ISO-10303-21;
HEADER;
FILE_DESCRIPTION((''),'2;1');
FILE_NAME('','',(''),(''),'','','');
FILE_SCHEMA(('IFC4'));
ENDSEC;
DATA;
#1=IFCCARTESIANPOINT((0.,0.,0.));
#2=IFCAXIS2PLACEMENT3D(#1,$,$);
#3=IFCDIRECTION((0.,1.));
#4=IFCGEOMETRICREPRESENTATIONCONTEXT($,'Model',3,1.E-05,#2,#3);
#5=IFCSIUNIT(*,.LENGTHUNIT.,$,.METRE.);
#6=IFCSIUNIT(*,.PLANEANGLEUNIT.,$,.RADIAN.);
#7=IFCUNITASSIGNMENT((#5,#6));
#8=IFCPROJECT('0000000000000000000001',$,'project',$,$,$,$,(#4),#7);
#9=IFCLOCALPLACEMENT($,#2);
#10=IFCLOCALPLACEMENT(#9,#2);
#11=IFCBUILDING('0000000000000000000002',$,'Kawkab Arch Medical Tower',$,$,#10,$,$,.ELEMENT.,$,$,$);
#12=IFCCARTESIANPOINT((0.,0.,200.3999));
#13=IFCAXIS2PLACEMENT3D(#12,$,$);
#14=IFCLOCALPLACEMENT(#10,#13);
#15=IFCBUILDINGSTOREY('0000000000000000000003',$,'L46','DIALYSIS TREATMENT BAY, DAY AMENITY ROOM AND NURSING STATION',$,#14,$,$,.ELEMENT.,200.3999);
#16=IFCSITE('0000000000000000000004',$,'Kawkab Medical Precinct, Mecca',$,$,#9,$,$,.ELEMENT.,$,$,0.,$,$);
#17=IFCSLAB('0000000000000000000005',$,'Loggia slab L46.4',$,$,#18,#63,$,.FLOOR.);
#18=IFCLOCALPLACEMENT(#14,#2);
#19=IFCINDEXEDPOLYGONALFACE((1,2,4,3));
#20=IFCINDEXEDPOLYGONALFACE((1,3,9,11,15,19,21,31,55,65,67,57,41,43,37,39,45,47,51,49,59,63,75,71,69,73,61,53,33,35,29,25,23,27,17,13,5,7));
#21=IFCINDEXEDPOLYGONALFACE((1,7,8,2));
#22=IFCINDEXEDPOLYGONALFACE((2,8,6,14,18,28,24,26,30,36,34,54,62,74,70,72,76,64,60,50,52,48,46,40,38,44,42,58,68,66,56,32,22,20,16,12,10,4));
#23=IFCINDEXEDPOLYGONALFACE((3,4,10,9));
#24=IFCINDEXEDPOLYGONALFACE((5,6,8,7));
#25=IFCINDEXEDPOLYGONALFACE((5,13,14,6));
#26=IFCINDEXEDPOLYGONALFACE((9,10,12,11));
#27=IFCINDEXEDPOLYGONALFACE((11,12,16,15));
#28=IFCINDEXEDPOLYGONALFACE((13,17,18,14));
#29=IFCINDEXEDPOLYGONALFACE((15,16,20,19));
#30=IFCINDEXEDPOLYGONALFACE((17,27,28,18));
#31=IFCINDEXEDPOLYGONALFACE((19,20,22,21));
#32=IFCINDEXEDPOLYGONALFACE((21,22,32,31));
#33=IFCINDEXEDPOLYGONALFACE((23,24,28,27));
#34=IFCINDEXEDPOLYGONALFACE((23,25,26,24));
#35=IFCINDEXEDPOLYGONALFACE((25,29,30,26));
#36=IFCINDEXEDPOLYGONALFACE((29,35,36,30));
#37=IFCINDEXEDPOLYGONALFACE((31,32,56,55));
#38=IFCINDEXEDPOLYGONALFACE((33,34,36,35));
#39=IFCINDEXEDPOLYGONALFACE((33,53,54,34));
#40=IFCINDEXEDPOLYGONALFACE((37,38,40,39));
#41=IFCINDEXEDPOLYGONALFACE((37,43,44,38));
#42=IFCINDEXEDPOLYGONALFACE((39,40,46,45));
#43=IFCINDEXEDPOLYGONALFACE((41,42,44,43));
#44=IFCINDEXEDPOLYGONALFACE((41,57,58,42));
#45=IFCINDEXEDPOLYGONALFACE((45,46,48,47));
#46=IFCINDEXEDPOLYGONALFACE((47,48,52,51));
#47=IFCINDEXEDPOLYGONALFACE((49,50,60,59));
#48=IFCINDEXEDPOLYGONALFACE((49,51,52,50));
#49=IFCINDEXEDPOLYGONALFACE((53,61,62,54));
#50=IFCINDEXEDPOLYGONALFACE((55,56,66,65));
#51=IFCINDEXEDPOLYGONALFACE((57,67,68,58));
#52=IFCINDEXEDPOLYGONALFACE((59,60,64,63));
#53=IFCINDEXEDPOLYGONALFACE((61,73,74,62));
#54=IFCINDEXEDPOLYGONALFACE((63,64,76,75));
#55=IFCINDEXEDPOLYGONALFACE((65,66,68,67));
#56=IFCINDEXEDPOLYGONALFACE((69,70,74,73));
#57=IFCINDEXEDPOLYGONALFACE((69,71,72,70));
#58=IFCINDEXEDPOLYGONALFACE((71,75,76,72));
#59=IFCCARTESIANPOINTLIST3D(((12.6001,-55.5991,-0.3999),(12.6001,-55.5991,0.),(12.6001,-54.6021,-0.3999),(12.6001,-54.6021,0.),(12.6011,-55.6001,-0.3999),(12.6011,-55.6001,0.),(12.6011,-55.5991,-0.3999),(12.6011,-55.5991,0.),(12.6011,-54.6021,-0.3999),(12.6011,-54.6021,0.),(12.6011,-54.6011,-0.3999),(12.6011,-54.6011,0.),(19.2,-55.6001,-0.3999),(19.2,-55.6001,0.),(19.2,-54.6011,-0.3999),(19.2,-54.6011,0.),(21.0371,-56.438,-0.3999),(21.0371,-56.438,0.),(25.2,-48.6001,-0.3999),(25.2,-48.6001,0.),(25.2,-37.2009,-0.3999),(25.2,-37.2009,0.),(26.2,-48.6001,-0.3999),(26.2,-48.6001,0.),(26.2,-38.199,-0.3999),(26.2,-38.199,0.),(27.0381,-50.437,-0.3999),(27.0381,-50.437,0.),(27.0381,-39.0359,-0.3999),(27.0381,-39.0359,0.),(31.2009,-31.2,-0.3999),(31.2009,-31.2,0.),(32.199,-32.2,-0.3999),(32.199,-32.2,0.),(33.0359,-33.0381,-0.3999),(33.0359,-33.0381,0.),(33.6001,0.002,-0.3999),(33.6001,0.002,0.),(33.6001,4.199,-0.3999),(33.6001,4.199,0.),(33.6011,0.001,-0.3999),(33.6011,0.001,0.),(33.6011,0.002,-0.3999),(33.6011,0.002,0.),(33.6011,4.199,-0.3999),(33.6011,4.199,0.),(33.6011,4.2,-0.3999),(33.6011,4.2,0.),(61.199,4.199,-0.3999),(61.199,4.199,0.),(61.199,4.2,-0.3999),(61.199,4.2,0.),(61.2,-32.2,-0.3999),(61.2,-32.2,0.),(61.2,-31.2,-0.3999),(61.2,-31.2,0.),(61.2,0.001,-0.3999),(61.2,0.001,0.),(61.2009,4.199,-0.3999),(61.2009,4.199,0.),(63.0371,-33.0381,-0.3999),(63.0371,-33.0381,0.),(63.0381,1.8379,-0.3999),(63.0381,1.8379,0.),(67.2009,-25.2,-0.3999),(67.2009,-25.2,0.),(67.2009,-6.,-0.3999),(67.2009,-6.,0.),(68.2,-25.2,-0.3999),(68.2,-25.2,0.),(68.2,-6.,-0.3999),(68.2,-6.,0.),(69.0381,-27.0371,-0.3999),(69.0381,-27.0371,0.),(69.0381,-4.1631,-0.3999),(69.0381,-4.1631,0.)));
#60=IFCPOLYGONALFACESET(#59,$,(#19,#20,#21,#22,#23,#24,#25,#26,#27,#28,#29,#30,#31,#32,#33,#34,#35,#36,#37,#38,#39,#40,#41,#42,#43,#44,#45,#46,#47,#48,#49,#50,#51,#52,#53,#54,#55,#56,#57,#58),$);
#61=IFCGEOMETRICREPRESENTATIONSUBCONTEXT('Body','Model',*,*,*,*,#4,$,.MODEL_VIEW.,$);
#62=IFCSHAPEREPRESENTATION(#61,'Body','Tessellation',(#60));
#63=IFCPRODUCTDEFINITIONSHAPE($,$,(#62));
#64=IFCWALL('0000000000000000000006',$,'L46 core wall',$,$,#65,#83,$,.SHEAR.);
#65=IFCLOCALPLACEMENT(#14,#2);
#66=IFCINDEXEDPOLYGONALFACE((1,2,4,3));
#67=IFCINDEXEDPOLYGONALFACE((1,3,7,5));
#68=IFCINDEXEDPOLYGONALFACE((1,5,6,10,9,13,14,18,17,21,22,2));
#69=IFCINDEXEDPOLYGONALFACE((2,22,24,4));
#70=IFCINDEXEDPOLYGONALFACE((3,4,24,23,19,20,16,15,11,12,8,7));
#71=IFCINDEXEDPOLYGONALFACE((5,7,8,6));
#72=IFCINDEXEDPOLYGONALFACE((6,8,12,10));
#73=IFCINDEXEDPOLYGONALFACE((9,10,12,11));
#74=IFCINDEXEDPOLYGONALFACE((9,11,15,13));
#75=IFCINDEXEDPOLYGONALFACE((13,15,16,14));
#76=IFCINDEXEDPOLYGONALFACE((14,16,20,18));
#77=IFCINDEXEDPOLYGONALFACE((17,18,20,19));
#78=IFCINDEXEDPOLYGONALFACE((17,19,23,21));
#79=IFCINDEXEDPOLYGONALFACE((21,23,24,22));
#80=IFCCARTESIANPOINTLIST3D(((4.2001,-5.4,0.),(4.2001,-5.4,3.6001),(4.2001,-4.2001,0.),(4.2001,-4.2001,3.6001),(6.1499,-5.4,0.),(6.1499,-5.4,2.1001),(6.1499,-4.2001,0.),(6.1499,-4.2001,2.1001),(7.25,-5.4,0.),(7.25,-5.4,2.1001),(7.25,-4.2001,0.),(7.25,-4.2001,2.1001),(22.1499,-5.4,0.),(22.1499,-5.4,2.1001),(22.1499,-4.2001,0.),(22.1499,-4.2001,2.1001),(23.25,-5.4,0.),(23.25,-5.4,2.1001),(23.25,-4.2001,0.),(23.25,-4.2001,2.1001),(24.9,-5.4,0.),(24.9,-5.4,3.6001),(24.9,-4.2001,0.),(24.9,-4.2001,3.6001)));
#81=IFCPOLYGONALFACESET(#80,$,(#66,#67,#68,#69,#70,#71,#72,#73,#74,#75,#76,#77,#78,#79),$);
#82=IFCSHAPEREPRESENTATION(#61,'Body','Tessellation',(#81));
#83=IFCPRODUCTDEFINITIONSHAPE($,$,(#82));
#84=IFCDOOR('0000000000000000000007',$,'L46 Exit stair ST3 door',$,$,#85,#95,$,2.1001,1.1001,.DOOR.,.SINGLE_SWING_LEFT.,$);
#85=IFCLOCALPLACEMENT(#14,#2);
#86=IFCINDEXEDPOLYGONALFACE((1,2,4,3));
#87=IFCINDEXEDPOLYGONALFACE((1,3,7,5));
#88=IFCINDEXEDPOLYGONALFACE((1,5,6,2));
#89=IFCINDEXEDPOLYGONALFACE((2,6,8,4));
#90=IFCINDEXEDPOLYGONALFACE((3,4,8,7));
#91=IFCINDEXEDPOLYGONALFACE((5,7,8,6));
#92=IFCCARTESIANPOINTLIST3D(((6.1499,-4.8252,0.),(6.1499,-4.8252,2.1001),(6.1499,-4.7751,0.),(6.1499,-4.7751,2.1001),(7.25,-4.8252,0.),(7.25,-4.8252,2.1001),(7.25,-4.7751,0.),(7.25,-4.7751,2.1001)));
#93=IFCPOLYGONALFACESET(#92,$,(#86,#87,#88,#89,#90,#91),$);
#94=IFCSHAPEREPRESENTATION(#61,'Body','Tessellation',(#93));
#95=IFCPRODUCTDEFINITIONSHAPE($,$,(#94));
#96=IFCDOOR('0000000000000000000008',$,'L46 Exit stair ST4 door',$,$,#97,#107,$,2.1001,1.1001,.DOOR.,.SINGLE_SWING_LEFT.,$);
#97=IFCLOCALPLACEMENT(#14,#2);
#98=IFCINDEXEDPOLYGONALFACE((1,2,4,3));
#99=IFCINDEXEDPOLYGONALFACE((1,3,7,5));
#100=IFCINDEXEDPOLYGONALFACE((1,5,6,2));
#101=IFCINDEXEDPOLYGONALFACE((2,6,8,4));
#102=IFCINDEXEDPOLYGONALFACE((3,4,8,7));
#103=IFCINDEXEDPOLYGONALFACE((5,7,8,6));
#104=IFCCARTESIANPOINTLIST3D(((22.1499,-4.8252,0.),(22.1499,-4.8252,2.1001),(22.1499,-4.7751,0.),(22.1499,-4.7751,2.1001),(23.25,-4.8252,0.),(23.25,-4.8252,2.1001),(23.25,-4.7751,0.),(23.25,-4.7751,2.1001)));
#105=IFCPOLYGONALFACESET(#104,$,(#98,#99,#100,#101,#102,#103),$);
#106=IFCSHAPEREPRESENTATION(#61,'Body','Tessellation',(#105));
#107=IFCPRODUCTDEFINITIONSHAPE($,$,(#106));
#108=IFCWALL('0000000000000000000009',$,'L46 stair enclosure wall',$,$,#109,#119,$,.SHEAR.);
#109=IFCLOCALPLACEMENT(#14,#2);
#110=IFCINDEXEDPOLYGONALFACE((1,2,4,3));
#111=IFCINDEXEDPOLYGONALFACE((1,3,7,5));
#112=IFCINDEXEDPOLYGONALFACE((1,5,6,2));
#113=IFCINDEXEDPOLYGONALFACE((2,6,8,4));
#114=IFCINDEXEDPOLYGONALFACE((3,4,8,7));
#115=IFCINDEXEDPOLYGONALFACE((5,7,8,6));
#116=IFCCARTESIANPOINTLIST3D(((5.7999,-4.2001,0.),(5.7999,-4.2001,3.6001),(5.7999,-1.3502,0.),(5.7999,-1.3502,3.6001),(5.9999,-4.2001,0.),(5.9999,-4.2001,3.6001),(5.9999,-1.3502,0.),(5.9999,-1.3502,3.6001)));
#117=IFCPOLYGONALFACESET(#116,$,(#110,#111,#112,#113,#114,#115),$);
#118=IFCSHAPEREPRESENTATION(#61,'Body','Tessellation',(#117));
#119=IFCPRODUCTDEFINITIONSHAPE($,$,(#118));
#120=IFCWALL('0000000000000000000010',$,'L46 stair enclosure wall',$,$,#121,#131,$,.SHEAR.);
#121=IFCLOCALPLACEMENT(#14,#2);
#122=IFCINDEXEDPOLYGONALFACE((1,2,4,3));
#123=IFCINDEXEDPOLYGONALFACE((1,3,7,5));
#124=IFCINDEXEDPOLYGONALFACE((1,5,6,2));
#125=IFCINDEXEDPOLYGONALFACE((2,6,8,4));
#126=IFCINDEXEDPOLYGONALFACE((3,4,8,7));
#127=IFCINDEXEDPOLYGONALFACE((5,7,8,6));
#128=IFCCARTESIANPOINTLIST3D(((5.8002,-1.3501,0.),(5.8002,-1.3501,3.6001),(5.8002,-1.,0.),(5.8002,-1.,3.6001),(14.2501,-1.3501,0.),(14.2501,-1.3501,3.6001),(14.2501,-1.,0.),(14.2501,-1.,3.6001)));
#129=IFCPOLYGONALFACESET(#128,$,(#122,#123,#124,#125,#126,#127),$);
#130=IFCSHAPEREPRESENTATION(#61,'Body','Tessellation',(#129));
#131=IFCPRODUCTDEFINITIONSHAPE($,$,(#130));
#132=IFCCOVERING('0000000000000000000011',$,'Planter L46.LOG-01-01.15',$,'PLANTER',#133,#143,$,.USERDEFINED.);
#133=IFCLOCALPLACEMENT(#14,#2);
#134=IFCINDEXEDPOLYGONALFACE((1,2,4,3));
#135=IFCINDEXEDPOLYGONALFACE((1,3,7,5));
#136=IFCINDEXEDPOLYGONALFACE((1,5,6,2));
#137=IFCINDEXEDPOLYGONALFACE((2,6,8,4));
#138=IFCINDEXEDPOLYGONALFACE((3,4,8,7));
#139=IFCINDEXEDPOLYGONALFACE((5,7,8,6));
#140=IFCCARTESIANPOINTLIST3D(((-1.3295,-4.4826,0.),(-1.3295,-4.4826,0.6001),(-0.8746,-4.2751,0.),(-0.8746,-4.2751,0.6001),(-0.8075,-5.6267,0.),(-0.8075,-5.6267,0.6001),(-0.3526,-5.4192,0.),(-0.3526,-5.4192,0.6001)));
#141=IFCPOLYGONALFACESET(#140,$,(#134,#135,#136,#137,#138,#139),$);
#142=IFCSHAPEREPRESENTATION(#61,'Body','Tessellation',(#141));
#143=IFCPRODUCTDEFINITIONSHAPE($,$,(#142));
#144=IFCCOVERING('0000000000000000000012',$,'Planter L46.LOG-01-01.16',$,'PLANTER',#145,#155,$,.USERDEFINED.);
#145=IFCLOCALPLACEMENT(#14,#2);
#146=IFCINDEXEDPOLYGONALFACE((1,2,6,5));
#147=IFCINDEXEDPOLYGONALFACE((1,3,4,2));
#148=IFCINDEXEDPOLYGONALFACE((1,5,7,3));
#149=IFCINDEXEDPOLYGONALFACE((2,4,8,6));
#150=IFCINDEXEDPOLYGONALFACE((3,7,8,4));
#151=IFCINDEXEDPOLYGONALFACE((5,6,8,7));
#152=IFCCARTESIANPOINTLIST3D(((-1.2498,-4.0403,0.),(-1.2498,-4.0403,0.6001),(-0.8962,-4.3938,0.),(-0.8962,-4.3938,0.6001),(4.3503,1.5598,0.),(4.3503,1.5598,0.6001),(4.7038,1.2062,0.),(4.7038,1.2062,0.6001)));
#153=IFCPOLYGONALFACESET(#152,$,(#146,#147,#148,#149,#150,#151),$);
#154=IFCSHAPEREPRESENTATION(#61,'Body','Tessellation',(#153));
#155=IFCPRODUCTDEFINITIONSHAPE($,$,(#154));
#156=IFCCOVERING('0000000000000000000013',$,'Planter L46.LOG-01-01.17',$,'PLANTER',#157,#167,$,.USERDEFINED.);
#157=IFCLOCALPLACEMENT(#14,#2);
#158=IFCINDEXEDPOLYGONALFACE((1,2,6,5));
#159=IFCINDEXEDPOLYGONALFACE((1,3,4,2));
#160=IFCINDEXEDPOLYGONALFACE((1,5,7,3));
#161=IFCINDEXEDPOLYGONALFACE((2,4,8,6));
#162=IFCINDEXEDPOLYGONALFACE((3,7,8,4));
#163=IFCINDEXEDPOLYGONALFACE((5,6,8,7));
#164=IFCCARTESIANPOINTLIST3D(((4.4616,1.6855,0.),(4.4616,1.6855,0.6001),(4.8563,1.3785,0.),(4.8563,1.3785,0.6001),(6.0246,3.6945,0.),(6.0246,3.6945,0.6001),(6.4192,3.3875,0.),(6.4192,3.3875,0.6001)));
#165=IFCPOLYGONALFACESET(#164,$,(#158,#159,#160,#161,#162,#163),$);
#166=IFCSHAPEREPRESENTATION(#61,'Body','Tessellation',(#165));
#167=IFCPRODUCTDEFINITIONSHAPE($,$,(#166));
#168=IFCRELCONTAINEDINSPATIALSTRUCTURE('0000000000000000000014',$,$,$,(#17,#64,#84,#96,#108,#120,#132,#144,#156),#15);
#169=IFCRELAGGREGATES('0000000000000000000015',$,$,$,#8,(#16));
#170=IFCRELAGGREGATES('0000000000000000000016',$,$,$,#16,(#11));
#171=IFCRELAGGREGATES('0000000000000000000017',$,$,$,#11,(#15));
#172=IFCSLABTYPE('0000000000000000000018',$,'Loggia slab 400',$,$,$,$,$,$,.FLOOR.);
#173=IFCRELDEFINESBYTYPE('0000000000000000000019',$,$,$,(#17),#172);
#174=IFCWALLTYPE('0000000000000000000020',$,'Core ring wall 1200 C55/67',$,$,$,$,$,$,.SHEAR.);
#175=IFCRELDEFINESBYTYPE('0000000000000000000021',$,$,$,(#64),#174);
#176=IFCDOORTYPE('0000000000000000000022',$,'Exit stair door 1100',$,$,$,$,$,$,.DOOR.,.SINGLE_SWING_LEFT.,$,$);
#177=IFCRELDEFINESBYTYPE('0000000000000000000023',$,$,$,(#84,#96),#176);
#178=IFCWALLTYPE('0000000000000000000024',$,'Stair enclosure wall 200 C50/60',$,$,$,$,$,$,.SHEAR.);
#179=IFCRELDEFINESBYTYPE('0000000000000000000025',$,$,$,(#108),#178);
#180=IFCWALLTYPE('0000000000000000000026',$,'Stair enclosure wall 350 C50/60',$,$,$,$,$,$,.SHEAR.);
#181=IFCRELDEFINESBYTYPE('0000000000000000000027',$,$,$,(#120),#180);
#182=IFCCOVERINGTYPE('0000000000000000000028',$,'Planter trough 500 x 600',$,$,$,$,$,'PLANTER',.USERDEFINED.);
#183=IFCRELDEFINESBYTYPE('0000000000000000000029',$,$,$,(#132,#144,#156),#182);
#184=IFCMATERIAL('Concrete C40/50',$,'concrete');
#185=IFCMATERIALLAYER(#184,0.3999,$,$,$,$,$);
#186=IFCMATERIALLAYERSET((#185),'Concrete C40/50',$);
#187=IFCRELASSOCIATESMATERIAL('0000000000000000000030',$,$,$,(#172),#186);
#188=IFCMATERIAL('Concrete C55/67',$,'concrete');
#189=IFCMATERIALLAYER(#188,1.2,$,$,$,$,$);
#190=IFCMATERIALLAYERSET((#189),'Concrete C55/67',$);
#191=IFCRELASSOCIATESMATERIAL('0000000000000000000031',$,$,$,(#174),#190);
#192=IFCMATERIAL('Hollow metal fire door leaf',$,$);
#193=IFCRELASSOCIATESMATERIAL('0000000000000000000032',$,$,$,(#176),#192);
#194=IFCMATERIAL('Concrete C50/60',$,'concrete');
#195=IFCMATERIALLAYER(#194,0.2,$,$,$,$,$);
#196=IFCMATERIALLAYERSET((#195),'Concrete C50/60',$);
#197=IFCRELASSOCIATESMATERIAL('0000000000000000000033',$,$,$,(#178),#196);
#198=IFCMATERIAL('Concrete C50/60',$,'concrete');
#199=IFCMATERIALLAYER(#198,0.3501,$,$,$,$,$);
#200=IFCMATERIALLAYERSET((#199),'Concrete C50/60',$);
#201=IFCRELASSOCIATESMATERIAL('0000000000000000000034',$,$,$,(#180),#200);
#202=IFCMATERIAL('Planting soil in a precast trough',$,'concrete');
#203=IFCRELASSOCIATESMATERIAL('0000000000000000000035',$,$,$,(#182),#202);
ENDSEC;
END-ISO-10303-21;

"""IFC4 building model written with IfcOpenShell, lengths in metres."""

from ifc_helpers import new_model, si_unit, direction, frame, frame_2d, origin, origin_2d, place, context, subcontext, project, spatial, polyline, rectangle, outline, extrude, material, layer, layer_set, material_profile, profile_set, type_object, element, fill, save


model = new_model("IFC4")

# Units and contexts
model_context = context("Model", 3, precision=1e-05, world=origin(), true_north=direction((0.0, 1.0)))
body_context = subcontext(model_context, "Body", "Model", "MODEL_VIEW")
ifc_project = project(units=[si_unit("LENGTHUNIT", "METRE"), si_unit("PLANEANGLEUNIT", "RADIAN")], contexts=[model_context])

# Site, building, storey
site_placement = place(None, origin())
site = spatial("IfcSite", under=ifc_project, at=site_placement, Name="Kawkab Medical Precinct, Mecca", CompositionType="ELEMENT", RefElevation=0.0)
building_placement = place(site_placement, origin())
building = spatial("IfcBuilding", under=site, at=building_placement, Name="Kawkab Arch Medical Tower", CompositionType="ELEMENT")
storey_placement = place(building_placement, frame((0.0, 0.0, 200.3999)))
storey = spatial("IfcBuildingStorey", under=building, at=storey_placement, Name="L46", Description="DIALYSIS TREATMENT BAY, DAY AMENITY ROOM AND NURSING STATION", CompositionType="ELEMENT", Elevation=200.3999)

# Slab
ifc_material_1 = material(Name="Concrete C40/50", Category="concrete")
ifc_layer_1 = layer(ifc_material_1, 0.3999)
ifc_layer_set_1 = layer_set([ifc_layer_1], Name="Concrete C40/50")
slab_type_1 = type_object("IfcSlabType", Name="Loggia slab 400", PredefinedType="FLOOR", material=ifc_layer_set_1)
placement_1 = place(storey_placement, frame((0.0, 0.0, -0.3999)))
element("IfcSlab", 1, at=placement_1, inside=storey, type_object=slab_type_1, Name="Loggia slab L46.4", PredefinedType="FLOOR", context=body_context, shape_type="SweptSolid", body=[
    extrude(outline(polyline([(12.6011, -55.6001), (12.6011, -55.5991), (12.6001, -55.5991), (12.6001, -54.6021), (12.6011, -54.6021), (12.6011, -54.6011), (19.2, -54.6011), (25.2, -48.6001), (25.2, -37.2009), (31.2009, -31.2), (61.2, -31.2), (67.2009, -25.2), (67.2009, -6.0), (61.2, 0.001), (33.6011, 0.001), (33.6011, 0.002), (33.6001, 0.002), (33.6001, 4.199), (33.6011, 4.199), (33.6011, 4.2), (61.199, 4.2), (61.199, 4.199), (61.2009, 4.199), (63.0381, 1.8379), (69.0381, -4.1631), (68.2, -6.0), (68.2, -25.2), (69.0381, -27.0371), (63.0371, -33.0381), (61.2, -32.2), (32.199, -32.2), (33.0359, -33.0381), (27.0381, -39.0359), (26.2, -38.199), (26.2, -48.6001), (27.0381, -50.437), (21.0371, -56.438), (19.2, -55.6001), (12.6011, -55.6001)])), origin(), (0.0, 0.0, 1.0), 0.3999),
])

# Wall, openings, doors
ifc_material_2 = material(Name="Concrete C55/67", Category="concrete")
ifc_layer_2 = layer(ifc_material_2, 1.2)
ifc_layer_set_2 = layer_set([ifc_layer_2], Name="Concrete C55/67")
wall_type_1 = type_object("IfcWallType", Name="Core ring wall 1200 C55/67", PredefinedType="SHEAR", material=ifc_layer_set_2)
wall_1_placement = place(storey_placement, frame((4.2, -4.8, 0.0), z_axis=(0.0, 0.0, 1.0), x_axis=(1.0, 0.0, 0.0)))
wall_1 = element("IfcWall", 2, at=wall_1_placement, inside=storey, type_object=wall_type_1, Name="L46 core wall", PredefinedType="SHEAR", context=body_context, shape_type="SweptSolid", body=[
    extrude(rectangle(XDim=20.7, YDim=1.2, at=frame_2d((10.3501, 0.0))), origin(), (0.0, 0.0, 1.0), 3.6001),
])
opening_1_placement = place(wall_1_placement, frame((1.95, 0.0, 0.0)))
opening_1 = element("IfcOpeningElement", 3, at=opening_1_placement, cuts=wall_1, PredefinedType="OPENING", context=body_context, shape_type="SweptSolid", body=[
    extrude(rectangle(XDim=1.1001, YDim=2.1001, at=frame_2d((0.55, 1.05))), frame((0.0, 0.6099, 0.0), z_axis=(0.0, -1.0, 0.0), x_axis=(1.0, 0.0, 0.0)), (0.0, 0.0, 1.0), 1.22),
])
opening_2_placement = place(wall_1_placement, frame((17.95, 0.0, 0.0)))
opening_2 = element("IfcOpeningElement", 4, at=opening_2_placement, cuts=wall_1, PredefinedType="OPENING", context=body_context, shape_type="SweptSolid", body=[
    extrude(rectangle(XDim=1.1001, YDim=2.1001, at=frame_2d((0.55, 1.05))), frame((0.0, 0.6099, 0.0), z_axis=(0.0, -1.0, 0.0), x_axis=(1.0, 0.0, 0.0)), (0.0, 0.0, 1.0), 1.22),
])
ifc_material_3 = material(Name="Hollow metal fire door leaf")
door_type = type_object("IfcDoorType", Name="Exit stair door 1100", OperationType="SINGLE_SWING_LEFT", PredefinedType="DOOR", material=ifc_material_3)
door_1_placement = place(opening_1_placement, origin())
door_1 = element("IfcDoor", 5, at=door_1_placement, inside=storey, type_object=door_type, Name="L46 Exit stair ST3 door", OperationType="SINGLE_SWING_LEFT", OverallHeight=2.1001, OverallWidth=1.1001, PredefinedType="DOOR", context=body_context, shape_type="SweptSolid", body=[
    extrude(rectangle(XDim=1.1001, YDim=2.1001, at=frame_2d((0.55, 1.05))), frame((0.0, 0.0249, 0.0), z_axis=(0.0, -1.0, 0.0), x_axis=(1.0, 0.0, 0.0)), (0.0, 0.0, 1.0), 0.05),
])
fill(opening_1, door_1)
door_2_placement = place(opening_2_placement, origin())
door_2 = element("IfcDoor", 6, at=door_2_placement, inside=storey, type_object=door_type, Name="L46 Exit stair ST4 door", OperationType="SINGLE_SWING_LEFT", OverallHeight=2.1001, OverallWidth=1.1001, PredefinedType="DOOR", context=body_context, shape_type="SweptSolid", body=[
    extrude(rectangle(XDim=1.1001, YDim=2.1001, at=frame_2d((0.55, 1.05))), frame((0.0, 0.0249, 0.0), z_axis=(0.0, -1.0, 0.0), x_axis=(1.0, 0.0, 0.0)), (0.0, 0.0, 1.0), 0.05),
])
fill(opening_2, door_2)

# Walls
ifc_material_4 = material(Name="Concrete C50/60", Category="concrete")
ifc_layer_3 = layer(ifc_material_4, 0.2)
ifc_layer_set_3 = layer_set([ifc_layer_3], Name="Concrete C50/60")
wall_type_2 = type_object("IfcWallType", Name="Stair enclosure wall 200 C50/60", PredefinedType="SHEAR", material=ifc_layer_set_3)
wall_2_placement = place(storey_placement, frame((5.8999, -4.2, 0.0), z_axis=(0.0, 0.0, 1.0), x_axis=(0.0, 1.0, 0.0)))
element("IfcWall", 7, at=wall_2_placement, inside=storey, type_object=wall_type_2, Name="L46 stair enclosure wall", PredefinedType="SHEAR", context=body_context, shape_type="SweptSolid", body=[
    extrude(rectangle(XDim=2.8499, YDim=0.2, at=frame_2d((1.4248, 0.0))), origin(), (0.0, 0.0, 1.0), 3.6001),
])
ifc_material_5 = material(Name="Concrete C50/60", Category="concrete")
ifc_layer_4 = layer(ifc_material_5, 0.3501)
ifc_layer_set_4 = layer_set([ifc_layer_4], Name="Concrete C50/60")
wall_type_3 = type_object("IfcWallType", Name="Stair enclosure wall 350 C50/60", PredefinedType="SHEAR", material=ifc_layer_set_4)
wall_3_placement = place(storey_placement, frame((5.8, -1.175, 0.0), z_axis=(0.0, 0.0, 1.0), x_axis=(1.0, 0.0, 0.0)))
element("IfcWall", 8, at=wall_3_placement, inside=storey, type_object=wall_type_3, Name="L46 stair enclosure wall", PredefinedType="SHEAR", context=body_context, shape_type="SweptSolid", body=[
    extrude(rectangle(XDim=8.45, YDim=0.3501, at=frame_2d((4.2251, 0.0))), origin(), (0.0, 0.0, 1.0), 3.6001),
])

# Coverings
ifc_material_6 = material(Name="Planting soil in a precast trough", Category="concrete")
ifc_material_profile_1 = material_profile(ifc_material_6, rectangle(XDim=0.5, YDim=0.6001, at=origin_2d()), Name="Trough 500x600")
ifc_profile_set_1 = profile_set([ifc_material_profile_1], Name="Planting soil in a precast trough")
covering_type = type_object("IfcCoveringType", Name="Planter trough 500 x 600", ElementType="PLANTER", PredefinedType="USERDEFINED", material=ifc_profile_set_1)
covering_1_placement = place(storey_placement, frame((-0.5801, -5.5229, 0.3), z_axis=(-0.41509, 0.90978, 0.0), x_axis=(-0.90978, -0.41509, 0.0)))
element("IfcCovering", 9, at=covering_1_placement, inside=storey, type_object=covering_type, Name="Planter L46.LOG-01-01.15", ObjectType="PLANTER", PredefinedType="USERDEFINED", context=body_context, shape_type="SweptSolid", body=[
    extrude(rectangle(XDim=0.5, YDim=0.6001, at=origin_2d()), origin(), (0.0, 0.0, 1.0), 1.2576),
])
covering_2_placement = place(storey_placement, frame((-1.073, -4.217, 0.3), z_axis=(0.707107, 0.707107, 0.0), x_axis=(-0.707107, 0.707107, 0.0)))
element("IfcCovering", 10, at=covering_2_placement, inside=storey, type_object=covering_type, Name="Planter L46.LOG-01-01.16", ObjectType="PLANTER", PredefinedType="USERDEFINED", context=body_context, shape_type="SweptSolid", body=[
    extrude(rectangle(XDim=0.5, YDim=0.6001, at=origin_2d()), origin(), (0.0, 0.0, 1.0), 7.9197),
])
covering_3_placement = place(storey_placement, frame((4.6589, 1.532, 0.3), z_axis=(0.61404, 0.789275, 0.0), x_axis=(-0.789275, 0.61404, 0.0)))
element("IfcCovering", 11, at=covering_3_placement, inside=storey, type_object=covering_type, Name="Planter L46.LOG-01-01.17", ObjectType="PLANTER", PredefinedType="USERDEFINED", context=body_context, shape_type="SweptSolid", body=[
    extrude(rectangle(XDim=0.5, YDim=0.6001, at=origin_2d()), origin(), (0.0, 0.0, 1.0), 2.5454),
])

save(model, "model.ifc")
